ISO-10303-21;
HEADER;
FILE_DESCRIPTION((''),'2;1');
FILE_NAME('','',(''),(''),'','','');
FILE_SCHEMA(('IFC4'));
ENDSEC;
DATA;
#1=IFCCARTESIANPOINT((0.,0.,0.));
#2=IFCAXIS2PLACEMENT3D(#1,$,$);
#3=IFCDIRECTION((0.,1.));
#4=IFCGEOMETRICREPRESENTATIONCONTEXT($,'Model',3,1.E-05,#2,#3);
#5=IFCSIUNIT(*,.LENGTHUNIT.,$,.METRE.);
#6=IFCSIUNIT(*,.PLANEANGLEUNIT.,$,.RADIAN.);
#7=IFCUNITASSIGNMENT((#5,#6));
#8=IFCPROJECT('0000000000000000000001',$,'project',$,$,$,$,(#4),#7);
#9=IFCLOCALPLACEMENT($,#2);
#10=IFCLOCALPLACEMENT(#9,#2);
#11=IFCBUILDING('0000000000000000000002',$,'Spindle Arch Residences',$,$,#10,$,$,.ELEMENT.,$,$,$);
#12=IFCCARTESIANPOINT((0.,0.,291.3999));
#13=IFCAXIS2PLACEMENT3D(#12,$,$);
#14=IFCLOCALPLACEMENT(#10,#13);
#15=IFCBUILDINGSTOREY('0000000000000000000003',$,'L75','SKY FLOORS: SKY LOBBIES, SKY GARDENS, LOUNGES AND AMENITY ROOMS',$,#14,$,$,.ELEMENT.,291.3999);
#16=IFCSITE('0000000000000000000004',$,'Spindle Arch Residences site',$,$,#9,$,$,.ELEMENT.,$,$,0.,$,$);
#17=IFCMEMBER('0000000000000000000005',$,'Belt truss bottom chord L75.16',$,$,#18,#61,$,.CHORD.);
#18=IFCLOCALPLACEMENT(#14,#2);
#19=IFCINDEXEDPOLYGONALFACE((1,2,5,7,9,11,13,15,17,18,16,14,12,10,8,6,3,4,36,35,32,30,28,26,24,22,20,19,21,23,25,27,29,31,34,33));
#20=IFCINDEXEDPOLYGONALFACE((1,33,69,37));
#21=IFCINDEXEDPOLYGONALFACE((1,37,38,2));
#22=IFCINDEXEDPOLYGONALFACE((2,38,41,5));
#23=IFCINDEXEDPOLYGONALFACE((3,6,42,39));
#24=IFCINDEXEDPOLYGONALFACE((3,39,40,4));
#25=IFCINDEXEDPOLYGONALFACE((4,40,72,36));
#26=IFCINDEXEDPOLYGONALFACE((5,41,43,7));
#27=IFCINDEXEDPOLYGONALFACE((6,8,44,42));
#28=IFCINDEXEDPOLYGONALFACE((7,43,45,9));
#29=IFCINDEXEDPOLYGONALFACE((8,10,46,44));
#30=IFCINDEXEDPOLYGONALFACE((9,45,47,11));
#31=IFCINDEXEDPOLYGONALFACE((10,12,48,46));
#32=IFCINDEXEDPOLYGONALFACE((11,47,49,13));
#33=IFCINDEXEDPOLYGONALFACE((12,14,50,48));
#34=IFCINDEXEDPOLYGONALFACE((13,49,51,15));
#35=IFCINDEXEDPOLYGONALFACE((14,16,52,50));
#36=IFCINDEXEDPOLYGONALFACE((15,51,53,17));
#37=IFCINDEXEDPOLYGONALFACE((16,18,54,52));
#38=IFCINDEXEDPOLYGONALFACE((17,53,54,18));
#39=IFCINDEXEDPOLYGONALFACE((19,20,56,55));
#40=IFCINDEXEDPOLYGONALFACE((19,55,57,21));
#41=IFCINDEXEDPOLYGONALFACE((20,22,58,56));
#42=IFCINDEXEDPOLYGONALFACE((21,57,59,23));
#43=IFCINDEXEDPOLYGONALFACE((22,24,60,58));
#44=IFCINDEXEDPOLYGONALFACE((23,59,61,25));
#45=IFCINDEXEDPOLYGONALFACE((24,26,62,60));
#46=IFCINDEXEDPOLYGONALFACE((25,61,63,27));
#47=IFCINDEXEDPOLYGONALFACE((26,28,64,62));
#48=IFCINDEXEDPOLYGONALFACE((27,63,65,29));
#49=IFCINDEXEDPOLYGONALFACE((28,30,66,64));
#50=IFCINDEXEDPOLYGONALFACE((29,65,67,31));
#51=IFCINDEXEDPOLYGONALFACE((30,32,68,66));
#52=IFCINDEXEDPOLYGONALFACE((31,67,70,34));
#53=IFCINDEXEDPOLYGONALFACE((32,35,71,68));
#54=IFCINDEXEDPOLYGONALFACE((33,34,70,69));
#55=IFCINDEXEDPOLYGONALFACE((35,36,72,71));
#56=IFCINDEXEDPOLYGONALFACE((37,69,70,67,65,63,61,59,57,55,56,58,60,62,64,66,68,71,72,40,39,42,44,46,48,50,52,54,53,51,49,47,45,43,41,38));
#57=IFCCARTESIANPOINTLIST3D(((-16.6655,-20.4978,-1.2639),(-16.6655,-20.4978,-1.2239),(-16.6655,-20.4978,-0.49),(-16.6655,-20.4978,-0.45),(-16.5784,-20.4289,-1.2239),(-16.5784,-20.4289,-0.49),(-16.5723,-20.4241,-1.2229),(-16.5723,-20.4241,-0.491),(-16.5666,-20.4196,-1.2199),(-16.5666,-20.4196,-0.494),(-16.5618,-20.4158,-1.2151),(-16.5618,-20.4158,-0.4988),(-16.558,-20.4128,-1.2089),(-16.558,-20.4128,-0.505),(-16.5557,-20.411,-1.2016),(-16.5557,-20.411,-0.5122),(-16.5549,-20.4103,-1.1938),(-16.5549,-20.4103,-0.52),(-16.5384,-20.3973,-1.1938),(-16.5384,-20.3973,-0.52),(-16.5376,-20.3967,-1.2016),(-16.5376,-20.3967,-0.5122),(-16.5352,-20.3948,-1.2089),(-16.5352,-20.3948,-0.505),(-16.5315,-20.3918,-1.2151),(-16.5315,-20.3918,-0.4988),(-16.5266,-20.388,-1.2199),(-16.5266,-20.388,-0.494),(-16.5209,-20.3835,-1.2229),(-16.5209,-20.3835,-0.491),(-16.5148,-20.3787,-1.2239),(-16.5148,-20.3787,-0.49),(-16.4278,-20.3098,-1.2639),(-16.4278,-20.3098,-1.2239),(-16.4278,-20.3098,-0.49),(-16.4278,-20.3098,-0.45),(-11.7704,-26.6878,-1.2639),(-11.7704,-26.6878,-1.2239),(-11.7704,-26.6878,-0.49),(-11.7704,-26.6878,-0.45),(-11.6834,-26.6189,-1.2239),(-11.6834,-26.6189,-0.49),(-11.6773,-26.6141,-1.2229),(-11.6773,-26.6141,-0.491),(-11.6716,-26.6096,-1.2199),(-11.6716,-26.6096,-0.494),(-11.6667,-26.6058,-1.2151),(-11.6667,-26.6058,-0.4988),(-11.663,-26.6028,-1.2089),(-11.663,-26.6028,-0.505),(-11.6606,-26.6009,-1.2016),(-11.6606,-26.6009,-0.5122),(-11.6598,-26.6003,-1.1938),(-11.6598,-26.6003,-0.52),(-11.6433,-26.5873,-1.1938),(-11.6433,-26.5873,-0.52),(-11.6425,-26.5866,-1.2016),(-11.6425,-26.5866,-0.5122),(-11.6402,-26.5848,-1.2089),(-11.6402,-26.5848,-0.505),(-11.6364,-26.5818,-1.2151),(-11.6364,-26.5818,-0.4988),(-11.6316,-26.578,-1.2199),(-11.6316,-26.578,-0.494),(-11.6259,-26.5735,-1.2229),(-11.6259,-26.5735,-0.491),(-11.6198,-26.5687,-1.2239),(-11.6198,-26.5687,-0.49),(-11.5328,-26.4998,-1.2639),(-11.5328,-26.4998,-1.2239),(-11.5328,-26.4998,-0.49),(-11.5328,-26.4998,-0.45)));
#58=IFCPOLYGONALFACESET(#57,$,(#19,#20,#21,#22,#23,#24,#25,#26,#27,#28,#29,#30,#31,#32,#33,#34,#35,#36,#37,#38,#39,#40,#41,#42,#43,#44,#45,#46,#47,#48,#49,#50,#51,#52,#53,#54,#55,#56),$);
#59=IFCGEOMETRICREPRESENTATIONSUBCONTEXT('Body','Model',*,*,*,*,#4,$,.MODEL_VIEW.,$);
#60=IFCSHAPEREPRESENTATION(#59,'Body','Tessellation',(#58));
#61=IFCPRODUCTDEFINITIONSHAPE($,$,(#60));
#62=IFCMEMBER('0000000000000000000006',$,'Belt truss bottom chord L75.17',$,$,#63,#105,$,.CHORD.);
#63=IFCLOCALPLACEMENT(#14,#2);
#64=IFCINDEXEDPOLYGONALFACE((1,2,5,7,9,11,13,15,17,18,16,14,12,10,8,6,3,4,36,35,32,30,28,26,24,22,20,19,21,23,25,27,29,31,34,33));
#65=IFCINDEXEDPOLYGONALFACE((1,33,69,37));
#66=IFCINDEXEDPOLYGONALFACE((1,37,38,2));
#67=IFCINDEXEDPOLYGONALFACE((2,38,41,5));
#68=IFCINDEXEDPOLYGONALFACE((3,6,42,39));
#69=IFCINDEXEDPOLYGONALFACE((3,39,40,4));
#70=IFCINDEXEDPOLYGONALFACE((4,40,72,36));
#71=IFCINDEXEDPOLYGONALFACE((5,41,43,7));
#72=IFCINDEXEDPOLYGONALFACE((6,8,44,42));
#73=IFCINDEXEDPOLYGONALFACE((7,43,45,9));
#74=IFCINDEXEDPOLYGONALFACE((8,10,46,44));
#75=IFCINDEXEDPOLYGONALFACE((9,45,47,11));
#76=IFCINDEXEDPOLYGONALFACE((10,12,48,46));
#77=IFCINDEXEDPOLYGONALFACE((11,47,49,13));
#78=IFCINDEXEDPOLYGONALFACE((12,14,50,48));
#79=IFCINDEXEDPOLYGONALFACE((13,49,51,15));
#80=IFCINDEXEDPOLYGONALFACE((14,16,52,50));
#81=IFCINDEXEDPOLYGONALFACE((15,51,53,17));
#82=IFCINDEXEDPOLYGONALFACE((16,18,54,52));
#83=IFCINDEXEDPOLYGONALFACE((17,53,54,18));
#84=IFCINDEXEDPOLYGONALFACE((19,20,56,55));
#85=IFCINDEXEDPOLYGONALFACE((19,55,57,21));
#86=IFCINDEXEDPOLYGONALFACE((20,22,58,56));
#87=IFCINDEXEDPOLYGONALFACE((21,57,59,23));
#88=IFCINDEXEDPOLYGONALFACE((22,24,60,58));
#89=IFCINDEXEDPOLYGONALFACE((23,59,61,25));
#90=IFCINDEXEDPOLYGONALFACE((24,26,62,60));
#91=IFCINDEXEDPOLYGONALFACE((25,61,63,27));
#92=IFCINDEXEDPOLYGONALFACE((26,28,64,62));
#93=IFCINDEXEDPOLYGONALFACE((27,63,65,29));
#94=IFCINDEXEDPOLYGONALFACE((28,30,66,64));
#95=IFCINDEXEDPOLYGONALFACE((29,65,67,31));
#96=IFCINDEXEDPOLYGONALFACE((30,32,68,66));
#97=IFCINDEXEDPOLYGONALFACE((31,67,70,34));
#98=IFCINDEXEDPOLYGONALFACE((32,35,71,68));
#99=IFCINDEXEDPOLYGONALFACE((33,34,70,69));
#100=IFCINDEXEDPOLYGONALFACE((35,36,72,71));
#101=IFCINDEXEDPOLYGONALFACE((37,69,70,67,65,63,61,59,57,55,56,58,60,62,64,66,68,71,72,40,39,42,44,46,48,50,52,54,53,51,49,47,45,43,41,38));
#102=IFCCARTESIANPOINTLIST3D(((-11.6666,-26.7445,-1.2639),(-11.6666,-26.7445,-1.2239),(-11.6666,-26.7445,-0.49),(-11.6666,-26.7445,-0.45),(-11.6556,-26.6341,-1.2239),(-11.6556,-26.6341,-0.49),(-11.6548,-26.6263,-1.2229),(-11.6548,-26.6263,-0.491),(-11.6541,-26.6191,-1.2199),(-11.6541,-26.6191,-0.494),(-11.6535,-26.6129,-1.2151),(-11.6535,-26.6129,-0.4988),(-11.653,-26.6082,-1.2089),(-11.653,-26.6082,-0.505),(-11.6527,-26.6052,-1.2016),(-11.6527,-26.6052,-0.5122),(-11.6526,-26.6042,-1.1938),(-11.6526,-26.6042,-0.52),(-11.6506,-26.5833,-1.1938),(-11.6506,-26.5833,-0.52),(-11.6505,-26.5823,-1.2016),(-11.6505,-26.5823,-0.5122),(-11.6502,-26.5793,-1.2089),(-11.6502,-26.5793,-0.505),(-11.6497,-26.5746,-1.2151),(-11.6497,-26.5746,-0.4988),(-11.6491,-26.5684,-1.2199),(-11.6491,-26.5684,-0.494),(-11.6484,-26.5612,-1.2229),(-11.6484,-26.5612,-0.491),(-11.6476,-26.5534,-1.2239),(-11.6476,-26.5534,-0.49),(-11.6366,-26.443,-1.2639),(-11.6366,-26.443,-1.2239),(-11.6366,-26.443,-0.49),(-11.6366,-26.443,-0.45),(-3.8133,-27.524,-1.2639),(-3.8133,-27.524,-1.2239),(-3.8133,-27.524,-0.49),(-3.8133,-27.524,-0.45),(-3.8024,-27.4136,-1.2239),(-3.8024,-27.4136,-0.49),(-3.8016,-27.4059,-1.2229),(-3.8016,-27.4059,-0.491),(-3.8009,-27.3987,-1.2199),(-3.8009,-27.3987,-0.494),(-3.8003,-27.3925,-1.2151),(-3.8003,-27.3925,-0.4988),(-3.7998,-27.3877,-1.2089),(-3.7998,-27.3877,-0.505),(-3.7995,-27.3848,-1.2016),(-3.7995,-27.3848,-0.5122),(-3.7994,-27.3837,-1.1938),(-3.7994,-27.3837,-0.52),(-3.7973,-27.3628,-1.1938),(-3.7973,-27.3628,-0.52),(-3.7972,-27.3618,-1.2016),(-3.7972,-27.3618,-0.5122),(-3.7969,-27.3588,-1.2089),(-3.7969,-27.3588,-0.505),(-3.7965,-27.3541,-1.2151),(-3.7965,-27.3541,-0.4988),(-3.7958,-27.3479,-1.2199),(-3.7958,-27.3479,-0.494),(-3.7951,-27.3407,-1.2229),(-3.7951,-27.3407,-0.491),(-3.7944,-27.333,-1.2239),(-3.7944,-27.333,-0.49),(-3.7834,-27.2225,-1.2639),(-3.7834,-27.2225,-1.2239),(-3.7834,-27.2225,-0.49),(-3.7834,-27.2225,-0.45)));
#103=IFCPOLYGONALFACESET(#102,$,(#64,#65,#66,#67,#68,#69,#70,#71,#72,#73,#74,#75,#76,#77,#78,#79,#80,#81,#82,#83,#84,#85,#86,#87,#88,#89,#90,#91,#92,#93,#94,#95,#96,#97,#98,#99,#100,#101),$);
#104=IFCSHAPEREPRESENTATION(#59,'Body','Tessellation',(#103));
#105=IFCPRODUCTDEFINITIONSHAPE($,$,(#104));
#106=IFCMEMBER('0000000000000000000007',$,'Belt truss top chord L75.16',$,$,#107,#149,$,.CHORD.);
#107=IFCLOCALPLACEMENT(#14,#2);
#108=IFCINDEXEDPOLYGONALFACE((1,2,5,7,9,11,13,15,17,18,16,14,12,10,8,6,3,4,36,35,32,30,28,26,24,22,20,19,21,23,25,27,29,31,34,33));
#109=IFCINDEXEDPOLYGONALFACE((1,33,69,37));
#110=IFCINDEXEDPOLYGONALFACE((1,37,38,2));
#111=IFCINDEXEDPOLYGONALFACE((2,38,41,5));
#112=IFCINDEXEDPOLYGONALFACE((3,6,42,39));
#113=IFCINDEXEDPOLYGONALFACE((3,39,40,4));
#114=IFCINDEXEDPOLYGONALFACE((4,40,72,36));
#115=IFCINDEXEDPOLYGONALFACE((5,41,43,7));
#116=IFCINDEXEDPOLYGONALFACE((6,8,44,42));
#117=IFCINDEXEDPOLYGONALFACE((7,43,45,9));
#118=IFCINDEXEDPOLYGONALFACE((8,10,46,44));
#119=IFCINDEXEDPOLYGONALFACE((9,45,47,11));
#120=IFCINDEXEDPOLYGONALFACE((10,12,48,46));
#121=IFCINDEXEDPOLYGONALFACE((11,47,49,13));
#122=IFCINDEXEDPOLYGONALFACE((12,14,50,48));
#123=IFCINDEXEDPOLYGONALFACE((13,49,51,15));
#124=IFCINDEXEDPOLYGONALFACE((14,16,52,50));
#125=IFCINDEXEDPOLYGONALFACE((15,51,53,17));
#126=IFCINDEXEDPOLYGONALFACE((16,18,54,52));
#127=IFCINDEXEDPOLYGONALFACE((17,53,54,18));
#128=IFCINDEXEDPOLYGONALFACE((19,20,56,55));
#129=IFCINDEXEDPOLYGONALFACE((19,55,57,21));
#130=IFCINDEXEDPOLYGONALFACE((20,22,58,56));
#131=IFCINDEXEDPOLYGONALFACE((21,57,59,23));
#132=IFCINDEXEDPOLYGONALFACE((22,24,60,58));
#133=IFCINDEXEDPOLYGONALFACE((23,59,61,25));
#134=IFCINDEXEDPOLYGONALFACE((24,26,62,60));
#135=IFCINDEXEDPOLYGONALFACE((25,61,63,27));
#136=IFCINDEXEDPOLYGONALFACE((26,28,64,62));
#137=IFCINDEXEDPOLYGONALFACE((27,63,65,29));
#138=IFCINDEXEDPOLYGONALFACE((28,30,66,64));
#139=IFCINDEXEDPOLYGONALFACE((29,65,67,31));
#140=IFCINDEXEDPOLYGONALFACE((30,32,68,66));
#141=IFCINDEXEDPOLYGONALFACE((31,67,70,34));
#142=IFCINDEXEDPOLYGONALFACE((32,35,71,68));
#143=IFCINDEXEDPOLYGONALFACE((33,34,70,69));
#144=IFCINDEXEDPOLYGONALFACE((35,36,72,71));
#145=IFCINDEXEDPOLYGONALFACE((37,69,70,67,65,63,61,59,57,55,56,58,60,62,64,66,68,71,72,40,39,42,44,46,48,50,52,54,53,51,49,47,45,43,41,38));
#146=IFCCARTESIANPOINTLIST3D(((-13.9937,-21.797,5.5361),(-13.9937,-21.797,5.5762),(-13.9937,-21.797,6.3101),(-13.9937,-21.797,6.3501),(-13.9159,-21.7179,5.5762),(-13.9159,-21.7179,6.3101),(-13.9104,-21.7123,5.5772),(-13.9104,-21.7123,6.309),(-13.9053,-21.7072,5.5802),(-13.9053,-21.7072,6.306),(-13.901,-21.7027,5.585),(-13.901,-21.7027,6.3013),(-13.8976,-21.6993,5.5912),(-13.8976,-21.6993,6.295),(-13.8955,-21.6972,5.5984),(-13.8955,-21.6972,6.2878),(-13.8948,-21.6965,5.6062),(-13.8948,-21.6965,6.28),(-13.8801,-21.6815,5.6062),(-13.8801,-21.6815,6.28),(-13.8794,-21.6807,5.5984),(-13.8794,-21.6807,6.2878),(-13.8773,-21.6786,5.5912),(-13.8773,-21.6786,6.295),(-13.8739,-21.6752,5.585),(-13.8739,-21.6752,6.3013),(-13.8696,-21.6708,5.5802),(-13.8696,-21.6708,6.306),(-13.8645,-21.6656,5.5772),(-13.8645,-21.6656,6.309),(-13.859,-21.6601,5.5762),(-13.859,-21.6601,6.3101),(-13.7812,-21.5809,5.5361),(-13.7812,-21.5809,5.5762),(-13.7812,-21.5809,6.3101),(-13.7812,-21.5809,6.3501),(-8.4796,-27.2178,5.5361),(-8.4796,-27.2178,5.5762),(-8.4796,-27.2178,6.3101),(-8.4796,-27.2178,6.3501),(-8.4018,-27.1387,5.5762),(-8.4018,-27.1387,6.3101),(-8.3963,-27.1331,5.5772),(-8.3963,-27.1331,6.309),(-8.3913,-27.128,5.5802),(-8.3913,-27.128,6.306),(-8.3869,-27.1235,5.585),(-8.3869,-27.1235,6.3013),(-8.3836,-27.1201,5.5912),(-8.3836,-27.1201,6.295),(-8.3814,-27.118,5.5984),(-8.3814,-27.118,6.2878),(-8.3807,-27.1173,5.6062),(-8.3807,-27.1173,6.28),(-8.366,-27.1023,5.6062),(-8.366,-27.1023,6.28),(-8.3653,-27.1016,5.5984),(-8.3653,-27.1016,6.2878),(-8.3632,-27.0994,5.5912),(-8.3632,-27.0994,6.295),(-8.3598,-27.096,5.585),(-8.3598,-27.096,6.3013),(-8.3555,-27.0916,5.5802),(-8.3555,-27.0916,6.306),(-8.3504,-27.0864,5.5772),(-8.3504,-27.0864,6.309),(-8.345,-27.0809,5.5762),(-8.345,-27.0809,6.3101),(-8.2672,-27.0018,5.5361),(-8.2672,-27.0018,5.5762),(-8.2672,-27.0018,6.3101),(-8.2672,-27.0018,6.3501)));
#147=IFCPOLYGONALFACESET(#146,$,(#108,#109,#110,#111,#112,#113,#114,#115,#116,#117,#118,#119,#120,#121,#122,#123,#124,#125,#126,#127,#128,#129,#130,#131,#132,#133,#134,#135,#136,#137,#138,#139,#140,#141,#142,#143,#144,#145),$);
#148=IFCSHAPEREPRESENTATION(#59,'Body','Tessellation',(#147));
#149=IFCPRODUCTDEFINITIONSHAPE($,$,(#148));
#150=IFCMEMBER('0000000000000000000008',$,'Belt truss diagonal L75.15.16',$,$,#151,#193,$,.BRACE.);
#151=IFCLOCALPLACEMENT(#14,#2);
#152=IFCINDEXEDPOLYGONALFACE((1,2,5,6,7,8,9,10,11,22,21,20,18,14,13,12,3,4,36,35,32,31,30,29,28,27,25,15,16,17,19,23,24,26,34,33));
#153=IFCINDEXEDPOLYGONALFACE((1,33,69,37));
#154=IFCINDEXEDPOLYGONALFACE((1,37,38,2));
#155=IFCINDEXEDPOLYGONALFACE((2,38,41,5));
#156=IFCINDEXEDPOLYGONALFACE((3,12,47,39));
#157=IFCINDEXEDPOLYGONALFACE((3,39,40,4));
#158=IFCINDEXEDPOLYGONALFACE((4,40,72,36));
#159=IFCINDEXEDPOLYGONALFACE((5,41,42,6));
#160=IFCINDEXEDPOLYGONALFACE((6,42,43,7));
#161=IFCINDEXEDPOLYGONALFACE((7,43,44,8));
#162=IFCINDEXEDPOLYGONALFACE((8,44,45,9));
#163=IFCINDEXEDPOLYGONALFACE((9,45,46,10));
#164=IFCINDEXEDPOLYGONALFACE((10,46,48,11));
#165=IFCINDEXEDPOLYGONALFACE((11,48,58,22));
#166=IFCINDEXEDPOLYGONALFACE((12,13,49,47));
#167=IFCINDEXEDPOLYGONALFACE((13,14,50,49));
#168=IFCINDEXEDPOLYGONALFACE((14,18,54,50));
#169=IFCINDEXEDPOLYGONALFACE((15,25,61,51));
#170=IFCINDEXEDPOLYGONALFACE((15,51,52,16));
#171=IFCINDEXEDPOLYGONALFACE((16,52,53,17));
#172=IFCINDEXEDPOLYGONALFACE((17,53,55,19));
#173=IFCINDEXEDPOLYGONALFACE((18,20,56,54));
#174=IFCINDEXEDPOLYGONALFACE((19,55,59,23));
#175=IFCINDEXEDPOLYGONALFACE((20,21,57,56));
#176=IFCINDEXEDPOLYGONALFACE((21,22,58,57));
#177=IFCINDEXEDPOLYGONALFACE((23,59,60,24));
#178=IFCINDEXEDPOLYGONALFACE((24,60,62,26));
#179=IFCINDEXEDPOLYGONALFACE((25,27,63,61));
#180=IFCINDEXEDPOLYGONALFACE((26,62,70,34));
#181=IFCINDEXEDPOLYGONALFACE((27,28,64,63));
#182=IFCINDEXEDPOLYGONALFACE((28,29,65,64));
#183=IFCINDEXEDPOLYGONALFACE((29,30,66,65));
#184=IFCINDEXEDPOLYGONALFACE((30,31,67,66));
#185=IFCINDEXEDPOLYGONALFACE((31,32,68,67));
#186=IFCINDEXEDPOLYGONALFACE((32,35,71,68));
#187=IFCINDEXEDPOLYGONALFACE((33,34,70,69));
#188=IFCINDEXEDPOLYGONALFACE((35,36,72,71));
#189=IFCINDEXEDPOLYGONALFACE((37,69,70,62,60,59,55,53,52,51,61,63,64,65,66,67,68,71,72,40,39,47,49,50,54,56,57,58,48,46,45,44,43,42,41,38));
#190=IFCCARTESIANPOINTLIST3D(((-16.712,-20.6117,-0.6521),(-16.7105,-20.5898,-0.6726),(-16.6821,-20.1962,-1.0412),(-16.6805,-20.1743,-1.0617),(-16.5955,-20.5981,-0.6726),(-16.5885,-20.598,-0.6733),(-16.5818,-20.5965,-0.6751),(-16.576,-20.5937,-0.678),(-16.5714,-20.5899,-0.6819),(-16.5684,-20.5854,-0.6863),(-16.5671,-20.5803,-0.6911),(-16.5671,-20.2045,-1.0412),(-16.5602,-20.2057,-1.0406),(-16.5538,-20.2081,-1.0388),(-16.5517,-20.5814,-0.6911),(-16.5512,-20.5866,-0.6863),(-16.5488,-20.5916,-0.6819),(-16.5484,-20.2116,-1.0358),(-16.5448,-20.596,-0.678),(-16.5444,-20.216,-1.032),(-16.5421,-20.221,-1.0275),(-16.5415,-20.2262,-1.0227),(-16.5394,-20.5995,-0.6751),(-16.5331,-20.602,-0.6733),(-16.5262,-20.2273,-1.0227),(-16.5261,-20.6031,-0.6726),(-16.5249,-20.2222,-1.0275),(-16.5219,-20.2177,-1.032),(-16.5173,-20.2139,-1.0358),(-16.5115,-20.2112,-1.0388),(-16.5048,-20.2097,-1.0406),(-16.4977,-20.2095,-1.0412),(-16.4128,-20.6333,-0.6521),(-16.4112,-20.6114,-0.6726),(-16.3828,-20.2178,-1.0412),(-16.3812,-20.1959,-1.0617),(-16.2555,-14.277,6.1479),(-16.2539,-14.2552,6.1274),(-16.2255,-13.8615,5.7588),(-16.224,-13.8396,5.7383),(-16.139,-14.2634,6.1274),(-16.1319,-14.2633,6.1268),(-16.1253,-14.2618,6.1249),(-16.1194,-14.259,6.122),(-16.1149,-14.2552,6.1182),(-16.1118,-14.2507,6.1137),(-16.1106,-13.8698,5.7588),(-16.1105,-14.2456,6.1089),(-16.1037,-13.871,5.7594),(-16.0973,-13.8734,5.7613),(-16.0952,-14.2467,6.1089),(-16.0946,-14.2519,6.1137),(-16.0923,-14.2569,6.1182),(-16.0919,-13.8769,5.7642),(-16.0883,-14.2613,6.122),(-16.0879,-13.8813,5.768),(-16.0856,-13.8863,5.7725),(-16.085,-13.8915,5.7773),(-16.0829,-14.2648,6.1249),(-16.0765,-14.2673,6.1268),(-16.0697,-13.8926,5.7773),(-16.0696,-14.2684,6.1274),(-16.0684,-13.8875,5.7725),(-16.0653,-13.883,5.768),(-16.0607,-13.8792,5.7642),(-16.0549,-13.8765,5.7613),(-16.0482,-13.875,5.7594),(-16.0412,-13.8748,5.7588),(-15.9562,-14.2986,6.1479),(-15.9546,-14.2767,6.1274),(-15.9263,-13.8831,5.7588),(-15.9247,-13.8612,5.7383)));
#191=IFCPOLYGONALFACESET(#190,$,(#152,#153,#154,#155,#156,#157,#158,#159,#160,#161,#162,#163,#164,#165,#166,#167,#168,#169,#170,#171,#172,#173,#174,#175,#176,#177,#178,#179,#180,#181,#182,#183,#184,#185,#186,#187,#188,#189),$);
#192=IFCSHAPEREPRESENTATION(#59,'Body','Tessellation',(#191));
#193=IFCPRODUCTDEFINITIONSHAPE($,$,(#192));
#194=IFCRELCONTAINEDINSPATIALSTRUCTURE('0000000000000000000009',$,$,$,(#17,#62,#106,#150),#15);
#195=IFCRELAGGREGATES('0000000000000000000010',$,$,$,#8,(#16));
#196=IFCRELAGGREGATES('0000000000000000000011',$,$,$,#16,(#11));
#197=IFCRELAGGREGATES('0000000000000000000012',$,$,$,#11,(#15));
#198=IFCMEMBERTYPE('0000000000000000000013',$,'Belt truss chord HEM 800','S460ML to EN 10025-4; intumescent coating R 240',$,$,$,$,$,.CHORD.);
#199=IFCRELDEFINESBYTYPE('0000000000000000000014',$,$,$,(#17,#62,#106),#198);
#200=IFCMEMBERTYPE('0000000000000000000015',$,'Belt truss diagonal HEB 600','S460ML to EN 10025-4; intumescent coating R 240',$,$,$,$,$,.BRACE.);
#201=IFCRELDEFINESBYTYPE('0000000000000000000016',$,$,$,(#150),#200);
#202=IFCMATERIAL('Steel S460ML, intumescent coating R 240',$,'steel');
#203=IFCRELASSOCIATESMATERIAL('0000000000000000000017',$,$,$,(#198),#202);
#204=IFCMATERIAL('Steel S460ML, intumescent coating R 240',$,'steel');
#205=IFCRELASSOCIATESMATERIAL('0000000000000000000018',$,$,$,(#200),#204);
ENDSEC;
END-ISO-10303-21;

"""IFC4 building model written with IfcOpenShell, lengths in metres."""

from ifc_helpers import new_model, si_unit, direction, frame, origin, origin_2d, place, context, subcontext, project, spatial, i_section, extrude, material, material_profile, profile_set, type_object, element, save


model = new_model("IFC4")

# Units and contexts
model_context = context("Model", 3, precision=1e-05, world=origin(), true_north=direction((0.0, 1.0)))
body_context = subcontext(model_context, "Body", "Model", "MODEL_VIEW")
ifc_project = project(units=[si_unit("LENGTHUNIT", "METRE"), si_unit("PLANEANGLEUNIT", "RADIAN")], contexts=[model_context])

# Site, building, storey
site_placement = place(None, origin())
site = spatial("IfcSite", under=ifc_project, at=site_placement, Name="Spindle Arch Residences site", CompositionType="ELEMENT", RefElevation=0.0)
building_placement = place(site_placement, origin())
building = spatial("IfcBuilding", under=site, at=building_placement, Name="Spindle Arch Residences", CompositionType="ELEMENT")
storey_placement = place(building_placement, frame((0.0, 0.0, 291.3999)))
storey = spatial("IfcBuildingStorey", under=building, at=storey_placement, Name="L75", Description="SKY FLOORS: SKY LOBBIES, SKY GARDENS, LOUNGES AND AMENITY ROOMS", CompositionType="ELEMENT", Elevation=291.3999)

# Members
ifc_material_1 = material(Name="Steel S460ML, intumescent coating R 240", Category="steel")
ifc_material_profile_1 = material_profile(ifc_material_1, i_section(OverallWidth=0.303, OverallDepth=0.814, WebThickness=0.021, FlangeThickness=0.04, FilletRadius=0.03, at=origin_2d()), Name="HEM 800")
ifc_profile_set_1 = profile_set([ifc_material_profile_1], Name="Steel S460ML, intumescent coating R 240")
member_type_1 = type_object("IfcMemberType", Name="Belt truss chord HEM 800", Description="S460ML to EN 10025-4; intumescent coating R 240", PredefinedType="CHORD", material=ifc_profile_set_1)
member_1_placement = place(storey_placement, frame((-16.5466, -20.4038, -0.8569), z_axis=(0.620286, -0.784376, 0.0), x_axis=(0.784376, 0.620286, 0.0)))
element("IfcMember", 1, at=member_1_placement, inside=storey, type_object=member_type_1, Name="Belt truss bottom chord L75.16", PredefinedType="CHORD", context=body_context, shape_type="SweptSolid", body=[
    extrude(i_section(OverallWidth=0.303, OverallDepth=0.814, WebThickness=0.021, FlangeThickness=0.04, FilletRadius=0.03, at=origin_2d()), origin(), (0.0, 0.0, 1.0), 7.8916),
])
member_2_placement = place(storey_placement, frame((-11.6516, -26.5938, -0.8569), z_axis=(0.99511, -0.098778, 0.0), x_axis=(0.098778, 0.99511, 0.0)))
element("IfcMember", 2, at=member_2_placement, inside=storey, type_object=member_type_1, Name="Belt truss bottom chord L75.17", PredefinedType="CHORD", context=body_context, shape_type="SweptSolid", body=[
    extrude(i_section(OverallWidth=0.303, OverallDepth=0.814, WebThickness=0.021, FlangeThickness=0.04, FilletRadius=0.03, at=origin_2d()), origin(), (0.0, 0.0, 1.0), 7.8918),
])
member_3_placement = place(storey_placement, frame((-13.8875, -21.689, 5.9431), z_axis=(0.713112, -0.701051, 0.0), x_axis=(0.701051, 0.713112, 0.0)))
element("IfcMember", 3, at=member_3_placement, inside=storey, type_object=member_type_1, Name="Belt truss top chord L75.16", PredefinedType="CHORD", context=body_context, shape_type="SweptSolid", body=[
    extrude(i_section(OverallWidth=0.303, OverallDepth=0.814, WebThickness=0.021, FlangeThickness=0.04, FilletRadius=0.03, at=origin_2d()), origin(), (0.0, 0.0, 1.0), 7.7324),
])
ifc_material_2 = material(Name="Steel S460ML, intumescent coating R 240", Category="steel")
ifc_material_profile_2 = material_profile(ifc_material_2, i_section(OverallWidth=0.3, OverallDepth=0.6001, WebThickness=0.0154, FlangeThickness=0.03, FilletRadius=0.0271, at=origin_2d()), Name="HEB 600")
ifc_profile_set_2 = profile_set([ifc_material_profile_2], Name="Steel S460ML, intumescent coating R 240")
member_type_2 = type_object("IfcMemberType", Name="Belt truss diagonal HEB 600", Description="S460ML to EN 10025-4; intumescent coating R 240", PredefinedType="BRACE", material=ifc_profile_set_2)
member_4_placement = place(storey_placement, frame((-16.5466, -20.4038, -0.8569), z_axis=(0.049066, 0.680807, 0.730817), x_axis=(-0.997413, 0.071884, 0.0)))
element("IfcMember", 4, at=member_4_placement, inside=storey, type_object=member_type_2, Name="Belt truss diagonal L75.15.16", PredefinedType="BRACE", context=body_context, shape_type="SweptSolid", body=[
    extrude(i_section(OverallWidth=0.3, OverallDepth=0.6001, WebThickness=0.0154, FlangeThickness=0.03, FilletRadius=0.0271, at=origin_2d()), origin(), (0.0, 0.0, 1.0), 9.3047),
])

save(model, "model.ifc")
